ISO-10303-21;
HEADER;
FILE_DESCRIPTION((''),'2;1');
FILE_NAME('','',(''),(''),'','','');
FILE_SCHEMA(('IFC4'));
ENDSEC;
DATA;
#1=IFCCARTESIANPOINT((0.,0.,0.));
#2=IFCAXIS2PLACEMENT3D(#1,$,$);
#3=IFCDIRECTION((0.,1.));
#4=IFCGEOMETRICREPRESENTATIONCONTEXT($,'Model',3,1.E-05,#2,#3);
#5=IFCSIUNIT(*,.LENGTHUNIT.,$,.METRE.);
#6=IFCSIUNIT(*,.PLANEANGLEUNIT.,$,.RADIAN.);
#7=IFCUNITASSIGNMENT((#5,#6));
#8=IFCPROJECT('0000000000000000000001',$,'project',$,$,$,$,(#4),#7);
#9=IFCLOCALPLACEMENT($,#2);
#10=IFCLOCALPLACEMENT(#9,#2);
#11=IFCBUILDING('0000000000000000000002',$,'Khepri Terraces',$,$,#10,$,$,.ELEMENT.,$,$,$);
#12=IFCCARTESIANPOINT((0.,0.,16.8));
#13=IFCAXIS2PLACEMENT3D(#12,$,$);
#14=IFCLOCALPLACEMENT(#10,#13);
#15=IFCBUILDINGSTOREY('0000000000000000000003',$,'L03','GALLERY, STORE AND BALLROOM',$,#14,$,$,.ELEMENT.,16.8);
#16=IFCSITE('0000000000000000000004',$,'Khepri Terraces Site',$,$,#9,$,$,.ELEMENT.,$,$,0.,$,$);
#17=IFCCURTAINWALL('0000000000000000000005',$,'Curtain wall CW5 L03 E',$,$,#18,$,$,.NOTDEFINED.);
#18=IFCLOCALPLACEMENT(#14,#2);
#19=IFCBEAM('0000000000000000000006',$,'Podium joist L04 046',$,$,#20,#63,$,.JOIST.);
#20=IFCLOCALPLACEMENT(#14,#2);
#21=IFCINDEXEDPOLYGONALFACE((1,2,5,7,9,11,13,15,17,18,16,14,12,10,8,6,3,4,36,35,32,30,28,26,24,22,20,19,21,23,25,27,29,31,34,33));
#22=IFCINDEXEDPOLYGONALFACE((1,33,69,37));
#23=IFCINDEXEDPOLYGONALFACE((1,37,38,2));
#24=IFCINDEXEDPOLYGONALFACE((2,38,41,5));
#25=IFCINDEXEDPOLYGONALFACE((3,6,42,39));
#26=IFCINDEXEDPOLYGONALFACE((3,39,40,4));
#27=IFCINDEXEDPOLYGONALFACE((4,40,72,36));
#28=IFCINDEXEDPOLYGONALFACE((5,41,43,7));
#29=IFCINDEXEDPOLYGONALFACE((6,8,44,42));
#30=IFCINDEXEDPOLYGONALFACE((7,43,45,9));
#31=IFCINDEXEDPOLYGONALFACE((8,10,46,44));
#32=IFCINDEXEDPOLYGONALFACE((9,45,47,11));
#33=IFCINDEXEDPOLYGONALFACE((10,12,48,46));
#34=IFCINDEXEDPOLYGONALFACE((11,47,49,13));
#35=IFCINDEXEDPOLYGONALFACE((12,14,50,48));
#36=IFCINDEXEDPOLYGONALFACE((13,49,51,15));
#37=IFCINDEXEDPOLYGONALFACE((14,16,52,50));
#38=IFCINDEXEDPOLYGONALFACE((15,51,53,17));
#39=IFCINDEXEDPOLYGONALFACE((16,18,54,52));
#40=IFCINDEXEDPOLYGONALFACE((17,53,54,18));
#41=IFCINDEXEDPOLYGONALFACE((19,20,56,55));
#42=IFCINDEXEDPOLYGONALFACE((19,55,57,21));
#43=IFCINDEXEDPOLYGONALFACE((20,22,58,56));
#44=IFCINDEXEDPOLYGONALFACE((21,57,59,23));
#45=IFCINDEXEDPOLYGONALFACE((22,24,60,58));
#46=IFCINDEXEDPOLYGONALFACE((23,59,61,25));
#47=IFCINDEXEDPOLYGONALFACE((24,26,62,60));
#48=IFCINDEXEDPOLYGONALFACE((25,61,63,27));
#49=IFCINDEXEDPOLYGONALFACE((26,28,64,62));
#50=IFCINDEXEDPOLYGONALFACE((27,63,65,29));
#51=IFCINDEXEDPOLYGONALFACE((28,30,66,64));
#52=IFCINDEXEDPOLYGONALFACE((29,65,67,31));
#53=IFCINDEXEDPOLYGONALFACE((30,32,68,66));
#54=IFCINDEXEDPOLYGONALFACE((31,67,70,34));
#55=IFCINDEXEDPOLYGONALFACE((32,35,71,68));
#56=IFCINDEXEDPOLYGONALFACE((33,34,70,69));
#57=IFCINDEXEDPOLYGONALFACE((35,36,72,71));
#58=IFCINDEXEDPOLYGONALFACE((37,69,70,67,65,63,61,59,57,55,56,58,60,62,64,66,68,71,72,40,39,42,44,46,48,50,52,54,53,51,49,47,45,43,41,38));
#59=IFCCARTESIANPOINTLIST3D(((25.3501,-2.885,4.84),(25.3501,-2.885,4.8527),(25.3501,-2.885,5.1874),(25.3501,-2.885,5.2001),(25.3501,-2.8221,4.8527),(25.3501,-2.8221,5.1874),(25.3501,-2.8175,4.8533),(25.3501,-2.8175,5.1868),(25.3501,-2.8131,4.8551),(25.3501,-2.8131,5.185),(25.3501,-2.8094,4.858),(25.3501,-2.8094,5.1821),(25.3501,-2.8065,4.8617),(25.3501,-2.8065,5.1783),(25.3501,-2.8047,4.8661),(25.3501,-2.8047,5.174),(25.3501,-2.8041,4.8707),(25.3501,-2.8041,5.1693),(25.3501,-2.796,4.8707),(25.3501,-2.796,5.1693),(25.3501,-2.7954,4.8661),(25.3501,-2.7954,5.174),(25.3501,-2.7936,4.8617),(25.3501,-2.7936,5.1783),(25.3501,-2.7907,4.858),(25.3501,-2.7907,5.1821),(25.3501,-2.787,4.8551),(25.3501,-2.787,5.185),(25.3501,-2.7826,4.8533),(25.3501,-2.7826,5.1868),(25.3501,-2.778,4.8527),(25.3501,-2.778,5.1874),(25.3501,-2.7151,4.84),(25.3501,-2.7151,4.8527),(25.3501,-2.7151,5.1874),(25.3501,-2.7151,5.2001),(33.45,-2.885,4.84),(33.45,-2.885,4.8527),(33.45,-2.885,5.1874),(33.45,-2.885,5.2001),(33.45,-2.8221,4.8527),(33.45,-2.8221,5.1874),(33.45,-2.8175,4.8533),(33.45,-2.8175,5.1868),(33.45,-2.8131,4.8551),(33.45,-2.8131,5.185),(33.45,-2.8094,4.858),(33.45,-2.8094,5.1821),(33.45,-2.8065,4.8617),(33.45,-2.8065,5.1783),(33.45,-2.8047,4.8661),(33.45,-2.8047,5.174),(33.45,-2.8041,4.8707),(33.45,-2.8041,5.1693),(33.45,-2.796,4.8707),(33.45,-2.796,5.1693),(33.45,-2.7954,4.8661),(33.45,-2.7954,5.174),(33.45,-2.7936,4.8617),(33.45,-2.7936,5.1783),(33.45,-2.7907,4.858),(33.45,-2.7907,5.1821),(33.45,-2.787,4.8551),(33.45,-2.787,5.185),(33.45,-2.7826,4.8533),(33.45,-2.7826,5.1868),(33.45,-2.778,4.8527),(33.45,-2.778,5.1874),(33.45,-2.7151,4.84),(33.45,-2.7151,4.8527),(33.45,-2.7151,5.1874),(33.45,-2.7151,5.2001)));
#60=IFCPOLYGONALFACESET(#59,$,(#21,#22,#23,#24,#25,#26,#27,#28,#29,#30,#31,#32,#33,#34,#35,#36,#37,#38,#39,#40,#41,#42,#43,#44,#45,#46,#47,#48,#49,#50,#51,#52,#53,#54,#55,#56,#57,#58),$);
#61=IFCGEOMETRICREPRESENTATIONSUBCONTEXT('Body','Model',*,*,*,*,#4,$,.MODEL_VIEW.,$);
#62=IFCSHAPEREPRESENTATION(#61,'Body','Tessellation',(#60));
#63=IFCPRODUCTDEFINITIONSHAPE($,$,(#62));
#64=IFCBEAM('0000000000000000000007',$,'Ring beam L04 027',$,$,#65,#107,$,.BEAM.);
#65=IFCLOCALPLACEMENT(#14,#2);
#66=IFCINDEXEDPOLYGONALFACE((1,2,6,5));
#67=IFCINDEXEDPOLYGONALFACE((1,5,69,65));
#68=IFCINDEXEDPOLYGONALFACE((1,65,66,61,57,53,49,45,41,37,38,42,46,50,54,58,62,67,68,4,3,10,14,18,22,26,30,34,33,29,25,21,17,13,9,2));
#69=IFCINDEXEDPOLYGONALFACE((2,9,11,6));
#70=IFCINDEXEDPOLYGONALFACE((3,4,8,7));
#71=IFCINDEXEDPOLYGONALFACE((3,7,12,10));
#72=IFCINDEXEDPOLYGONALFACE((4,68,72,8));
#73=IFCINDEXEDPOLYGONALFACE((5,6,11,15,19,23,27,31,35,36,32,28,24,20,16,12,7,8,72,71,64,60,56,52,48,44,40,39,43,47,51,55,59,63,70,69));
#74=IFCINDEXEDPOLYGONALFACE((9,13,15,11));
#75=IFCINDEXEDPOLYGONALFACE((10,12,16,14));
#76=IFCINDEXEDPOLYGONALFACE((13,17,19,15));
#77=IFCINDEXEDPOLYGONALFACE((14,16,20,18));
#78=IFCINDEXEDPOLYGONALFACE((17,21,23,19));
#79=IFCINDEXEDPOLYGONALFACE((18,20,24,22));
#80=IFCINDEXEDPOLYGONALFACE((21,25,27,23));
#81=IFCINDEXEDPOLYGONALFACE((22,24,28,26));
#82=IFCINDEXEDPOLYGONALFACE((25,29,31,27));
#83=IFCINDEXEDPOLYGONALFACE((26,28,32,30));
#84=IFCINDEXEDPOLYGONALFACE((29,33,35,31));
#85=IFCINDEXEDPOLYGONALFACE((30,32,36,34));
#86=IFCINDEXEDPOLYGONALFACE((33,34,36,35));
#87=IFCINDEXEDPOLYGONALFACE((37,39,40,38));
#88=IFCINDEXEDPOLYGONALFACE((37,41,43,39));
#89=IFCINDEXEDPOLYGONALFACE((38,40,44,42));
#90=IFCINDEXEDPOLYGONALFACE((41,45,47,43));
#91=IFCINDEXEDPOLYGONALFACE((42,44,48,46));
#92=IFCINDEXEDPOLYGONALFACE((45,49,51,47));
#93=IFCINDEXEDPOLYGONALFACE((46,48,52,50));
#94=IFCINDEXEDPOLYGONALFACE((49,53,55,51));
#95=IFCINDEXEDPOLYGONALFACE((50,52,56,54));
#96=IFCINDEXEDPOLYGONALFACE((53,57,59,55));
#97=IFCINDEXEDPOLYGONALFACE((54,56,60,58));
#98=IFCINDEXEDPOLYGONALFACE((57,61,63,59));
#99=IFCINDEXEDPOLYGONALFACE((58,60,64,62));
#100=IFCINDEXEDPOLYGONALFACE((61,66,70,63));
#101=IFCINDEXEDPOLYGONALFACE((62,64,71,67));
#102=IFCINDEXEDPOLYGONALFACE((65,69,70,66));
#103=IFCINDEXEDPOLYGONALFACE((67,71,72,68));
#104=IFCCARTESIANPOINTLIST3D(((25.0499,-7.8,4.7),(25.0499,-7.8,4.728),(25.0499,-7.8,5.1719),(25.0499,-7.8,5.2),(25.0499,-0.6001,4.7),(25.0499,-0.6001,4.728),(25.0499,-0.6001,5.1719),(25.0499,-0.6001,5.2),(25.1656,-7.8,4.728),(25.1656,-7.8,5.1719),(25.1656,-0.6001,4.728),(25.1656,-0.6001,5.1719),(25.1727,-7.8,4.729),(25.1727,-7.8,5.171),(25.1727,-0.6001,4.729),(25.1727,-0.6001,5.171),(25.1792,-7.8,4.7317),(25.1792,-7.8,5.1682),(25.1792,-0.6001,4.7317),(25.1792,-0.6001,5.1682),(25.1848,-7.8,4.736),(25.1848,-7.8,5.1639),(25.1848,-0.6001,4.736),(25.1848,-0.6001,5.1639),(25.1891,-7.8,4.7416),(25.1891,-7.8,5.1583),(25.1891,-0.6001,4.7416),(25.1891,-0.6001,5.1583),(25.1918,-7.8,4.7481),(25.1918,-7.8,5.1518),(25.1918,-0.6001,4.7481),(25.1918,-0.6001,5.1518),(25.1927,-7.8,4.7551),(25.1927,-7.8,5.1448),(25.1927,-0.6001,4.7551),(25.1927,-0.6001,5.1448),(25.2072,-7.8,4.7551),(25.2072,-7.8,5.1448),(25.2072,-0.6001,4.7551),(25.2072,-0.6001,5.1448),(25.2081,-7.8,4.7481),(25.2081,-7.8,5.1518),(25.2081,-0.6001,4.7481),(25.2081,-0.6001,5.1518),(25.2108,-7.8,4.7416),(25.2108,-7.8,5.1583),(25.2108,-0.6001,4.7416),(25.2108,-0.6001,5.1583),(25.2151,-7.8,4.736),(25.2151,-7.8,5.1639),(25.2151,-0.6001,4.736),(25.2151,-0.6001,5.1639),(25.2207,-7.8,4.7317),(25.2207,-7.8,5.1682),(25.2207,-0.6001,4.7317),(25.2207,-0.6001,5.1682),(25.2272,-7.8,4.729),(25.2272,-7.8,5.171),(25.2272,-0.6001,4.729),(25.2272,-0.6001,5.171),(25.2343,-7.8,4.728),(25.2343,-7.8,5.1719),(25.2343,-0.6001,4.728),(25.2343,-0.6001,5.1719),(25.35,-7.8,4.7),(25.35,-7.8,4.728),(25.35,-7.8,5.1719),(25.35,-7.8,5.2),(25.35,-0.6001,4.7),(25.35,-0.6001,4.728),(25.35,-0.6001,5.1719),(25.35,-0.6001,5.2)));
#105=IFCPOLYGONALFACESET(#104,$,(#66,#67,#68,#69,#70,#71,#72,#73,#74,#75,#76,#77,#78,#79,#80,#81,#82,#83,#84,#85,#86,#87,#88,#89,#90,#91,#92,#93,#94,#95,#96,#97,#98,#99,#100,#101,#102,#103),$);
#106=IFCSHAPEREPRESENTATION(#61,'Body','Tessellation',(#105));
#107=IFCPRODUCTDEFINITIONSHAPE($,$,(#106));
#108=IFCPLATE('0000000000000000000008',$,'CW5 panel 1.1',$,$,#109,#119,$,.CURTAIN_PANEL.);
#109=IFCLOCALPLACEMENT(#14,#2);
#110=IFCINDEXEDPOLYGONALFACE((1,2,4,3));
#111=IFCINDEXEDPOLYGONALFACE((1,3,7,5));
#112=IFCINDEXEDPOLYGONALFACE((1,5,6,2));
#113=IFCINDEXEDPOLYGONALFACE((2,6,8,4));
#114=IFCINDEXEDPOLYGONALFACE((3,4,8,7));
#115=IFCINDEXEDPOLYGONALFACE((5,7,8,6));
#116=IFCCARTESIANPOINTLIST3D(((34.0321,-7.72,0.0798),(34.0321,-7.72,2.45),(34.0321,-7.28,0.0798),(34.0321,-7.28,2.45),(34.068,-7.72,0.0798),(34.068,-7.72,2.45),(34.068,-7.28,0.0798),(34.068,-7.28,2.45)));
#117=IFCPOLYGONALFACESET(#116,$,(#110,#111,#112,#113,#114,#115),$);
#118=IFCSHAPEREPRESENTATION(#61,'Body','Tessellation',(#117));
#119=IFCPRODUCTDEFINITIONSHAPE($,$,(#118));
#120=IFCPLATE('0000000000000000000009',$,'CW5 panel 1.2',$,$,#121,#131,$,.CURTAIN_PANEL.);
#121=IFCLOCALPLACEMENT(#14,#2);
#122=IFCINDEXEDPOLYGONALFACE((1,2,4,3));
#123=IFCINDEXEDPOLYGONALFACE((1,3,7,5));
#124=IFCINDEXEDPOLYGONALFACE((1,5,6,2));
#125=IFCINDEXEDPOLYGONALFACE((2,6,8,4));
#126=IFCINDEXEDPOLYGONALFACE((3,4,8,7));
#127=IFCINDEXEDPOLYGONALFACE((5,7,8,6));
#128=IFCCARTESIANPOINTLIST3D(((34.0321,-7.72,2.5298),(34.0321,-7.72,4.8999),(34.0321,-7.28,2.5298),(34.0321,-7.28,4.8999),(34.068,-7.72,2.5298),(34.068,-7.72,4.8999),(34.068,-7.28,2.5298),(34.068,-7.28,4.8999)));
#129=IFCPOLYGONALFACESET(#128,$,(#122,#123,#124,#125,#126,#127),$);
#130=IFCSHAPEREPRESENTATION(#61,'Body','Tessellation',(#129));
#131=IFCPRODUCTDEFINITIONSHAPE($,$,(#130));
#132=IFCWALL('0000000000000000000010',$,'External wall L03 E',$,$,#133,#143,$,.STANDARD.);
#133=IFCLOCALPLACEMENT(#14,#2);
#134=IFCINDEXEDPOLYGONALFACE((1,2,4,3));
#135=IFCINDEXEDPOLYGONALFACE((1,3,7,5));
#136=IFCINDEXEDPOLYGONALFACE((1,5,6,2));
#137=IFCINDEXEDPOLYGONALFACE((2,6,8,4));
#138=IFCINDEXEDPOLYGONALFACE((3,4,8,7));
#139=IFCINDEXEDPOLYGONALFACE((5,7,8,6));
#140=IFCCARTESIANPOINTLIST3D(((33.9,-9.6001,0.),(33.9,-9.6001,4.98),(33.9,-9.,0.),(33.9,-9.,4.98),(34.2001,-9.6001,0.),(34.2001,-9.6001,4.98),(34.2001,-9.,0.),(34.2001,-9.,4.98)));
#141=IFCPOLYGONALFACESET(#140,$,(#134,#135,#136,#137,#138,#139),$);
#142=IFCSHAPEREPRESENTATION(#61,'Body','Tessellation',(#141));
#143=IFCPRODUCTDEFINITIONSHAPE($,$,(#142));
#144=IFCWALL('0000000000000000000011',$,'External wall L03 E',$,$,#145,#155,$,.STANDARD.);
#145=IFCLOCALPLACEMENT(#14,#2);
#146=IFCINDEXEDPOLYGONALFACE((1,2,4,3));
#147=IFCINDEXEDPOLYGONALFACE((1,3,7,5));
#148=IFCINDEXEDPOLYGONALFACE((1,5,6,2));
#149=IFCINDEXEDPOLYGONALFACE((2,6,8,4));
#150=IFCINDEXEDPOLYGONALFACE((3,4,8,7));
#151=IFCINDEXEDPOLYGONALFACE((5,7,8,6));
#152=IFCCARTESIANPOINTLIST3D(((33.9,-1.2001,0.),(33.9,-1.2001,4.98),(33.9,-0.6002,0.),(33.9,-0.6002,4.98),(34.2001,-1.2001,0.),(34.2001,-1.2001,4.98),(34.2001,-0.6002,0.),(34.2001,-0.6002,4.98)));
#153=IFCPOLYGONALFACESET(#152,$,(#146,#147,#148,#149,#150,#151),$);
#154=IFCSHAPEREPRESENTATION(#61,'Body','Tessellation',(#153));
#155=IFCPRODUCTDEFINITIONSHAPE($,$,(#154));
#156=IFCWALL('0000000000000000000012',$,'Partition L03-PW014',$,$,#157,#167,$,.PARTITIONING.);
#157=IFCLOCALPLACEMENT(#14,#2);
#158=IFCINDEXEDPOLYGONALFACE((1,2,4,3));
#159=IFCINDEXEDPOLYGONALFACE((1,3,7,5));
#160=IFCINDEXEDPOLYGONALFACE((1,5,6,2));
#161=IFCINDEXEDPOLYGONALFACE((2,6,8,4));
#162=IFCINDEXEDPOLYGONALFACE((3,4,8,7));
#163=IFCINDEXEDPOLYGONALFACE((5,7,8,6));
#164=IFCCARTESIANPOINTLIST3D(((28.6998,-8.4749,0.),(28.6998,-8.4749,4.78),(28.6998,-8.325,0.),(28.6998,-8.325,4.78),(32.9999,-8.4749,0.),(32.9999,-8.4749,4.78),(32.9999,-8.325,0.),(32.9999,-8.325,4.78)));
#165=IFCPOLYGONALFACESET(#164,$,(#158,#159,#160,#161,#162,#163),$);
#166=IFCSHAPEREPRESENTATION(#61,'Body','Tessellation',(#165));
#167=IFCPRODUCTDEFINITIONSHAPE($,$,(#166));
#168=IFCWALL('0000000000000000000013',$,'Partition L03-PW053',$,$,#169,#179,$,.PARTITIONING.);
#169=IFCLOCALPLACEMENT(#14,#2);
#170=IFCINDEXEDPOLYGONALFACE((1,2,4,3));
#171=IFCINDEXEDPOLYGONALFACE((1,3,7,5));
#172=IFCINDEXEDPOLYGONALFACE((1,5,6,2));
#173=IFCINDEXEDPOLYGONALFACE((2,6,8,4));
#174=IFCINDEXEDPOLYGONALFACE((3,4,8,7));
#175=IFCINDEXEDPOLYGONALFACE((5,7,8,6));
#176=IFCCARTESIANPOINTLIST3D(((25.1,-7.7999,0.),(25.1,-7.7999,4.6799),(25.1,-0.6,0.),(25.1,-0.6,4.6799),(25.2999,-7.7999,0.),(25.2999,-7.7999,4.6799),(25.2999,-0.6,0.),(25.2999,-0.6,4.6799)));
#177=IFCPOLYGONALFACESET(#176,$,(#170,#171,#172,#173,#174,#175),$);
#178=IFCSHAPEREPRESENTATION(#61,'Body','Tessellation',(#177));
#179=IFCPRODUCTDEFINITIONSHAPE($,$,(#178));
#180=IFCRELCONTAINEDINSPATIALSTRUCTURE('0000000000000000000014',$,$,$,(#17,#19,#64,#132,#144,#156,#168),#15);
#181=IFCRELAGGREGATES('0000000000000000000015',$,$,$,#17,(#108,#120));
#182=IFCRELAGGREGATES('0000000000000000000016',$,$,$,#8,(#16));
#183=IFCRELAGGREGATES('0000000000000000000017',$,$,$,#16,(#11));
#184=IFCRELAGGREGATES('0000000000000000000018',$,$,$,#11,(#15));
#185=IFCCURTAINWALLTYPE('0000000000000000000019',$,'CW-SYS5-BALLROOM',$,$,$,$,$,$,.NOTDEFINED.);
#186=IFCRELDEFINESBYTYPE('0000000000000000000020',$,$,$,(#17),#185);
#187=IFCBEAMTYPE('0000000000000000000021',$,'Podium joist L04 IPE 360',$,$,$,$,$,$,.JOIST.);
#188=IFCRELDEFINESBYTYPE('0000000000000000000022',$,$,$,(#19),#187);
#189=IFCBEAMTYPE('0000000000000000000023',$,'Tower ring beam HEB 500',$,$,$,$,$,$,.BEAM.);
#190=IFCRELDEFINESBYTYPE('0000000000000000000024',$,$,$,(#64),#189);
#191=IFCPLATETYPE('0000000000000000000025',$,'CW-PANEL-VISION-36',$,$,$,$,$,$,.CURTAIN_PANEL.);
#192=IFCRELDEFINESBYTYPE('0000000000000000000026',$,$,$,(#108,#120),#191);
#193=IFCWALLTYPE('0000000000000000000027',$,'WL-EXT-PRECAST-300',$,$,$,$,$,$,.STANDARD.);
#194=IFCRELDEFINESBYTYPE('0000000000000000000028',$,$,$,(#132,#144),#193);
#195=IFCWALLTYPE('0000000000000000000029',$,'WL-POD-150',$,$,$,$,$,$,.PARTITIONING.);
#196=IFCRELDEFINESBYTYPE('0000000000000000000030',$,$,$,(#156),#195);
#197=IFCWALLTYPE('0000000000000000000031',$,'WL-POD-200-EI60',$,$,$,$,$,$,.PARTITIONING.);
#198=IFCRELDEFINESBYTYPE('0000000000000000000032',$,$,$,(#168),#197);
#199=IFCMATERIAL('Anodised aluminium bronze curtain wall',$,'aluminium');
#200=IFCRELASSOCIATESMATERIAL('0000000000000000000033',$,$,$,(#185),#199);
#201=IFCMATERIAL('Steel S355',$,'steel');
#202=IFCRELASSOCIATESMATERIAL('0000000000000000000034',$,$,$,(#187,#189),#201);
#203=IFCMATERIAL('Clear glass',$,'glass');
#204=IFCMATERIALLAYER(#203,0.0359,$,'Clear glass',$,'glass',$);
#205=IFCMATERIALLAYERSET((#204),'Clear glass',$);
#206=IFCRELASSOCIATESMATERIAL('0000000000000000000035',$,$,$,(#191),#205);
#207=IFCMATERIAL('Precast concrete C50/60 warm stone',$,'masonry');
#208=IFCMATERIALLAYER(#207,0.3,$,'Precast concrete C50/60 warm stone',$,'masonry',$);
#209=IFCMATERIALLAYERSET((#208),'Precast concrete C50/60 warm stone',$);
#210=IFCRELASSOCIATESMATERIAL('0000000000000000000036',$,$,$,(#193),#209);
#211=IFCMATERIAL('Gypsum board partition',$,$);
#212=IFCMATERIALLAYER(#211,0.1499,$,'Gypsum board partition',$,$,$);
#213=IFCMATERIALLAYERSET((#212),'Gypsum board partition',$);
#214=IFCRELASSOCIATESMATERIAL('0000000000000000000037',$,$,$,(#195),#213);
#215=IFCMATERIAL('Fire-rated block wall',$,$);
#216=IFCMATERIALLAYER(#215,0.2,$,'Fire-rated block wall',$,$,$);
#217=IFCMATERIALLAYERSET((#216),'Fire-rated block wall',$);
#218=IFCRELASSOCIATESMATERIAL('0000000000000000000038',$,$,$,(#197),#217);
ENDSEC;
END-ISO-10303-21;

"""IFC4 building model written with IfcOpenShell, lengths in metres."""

from ifc_helpers import new_model, si_unit, direction, frame, frame_2d, origin, origin_2d, place, context, subcontext, project, spatial, rectangle, i_section, extrude, material, layer, layer_set, material_profile, profile_set, type_object, element, aggregate, save


model = new_model("IFC4")

# Units and contexts
model_context = context("Model", 3, precision=1e-05, world=origin(), true_north=direction((0.0, 1.0)))
body_context = subcontext(model_context, "Body", "Model", "MODEL_VIEW")
ifc_project = project(units=[si_unit("LENGTHUNIT", "METRE"), si_unit("PLANEANGLEUNIT", "RADIAN")], contexts=[model_context])

# Site, building, storey
site_placement = place(None, origin())
site = spatial("IfcSite", under=ifc_project, at=site_placement, Name="Khepri Terraces Site", CompositionType="ELEMENT", RefElevation=0.0)
building_placement = place(site_placement, origin())
building = spatial("IfcBuilding", under=site, at=building_placement, Name="Khepri Terraces", CompositionType="ELEMENT")
storey_placement = place(building_placement, frame((0.0, 0.0, 16.8)))
storey = spatial("IfcBuildingStorey", under=building, at=storey_placement, Name="L03", Description="GALLERY, STORE AND BALLROOM", CompositionType="ELEMENT", Elevation=16.8)

# Curtain wall
ifc_material_1 = material(Name="Anodised aluminium bronze curtain wall", Category="aluminium")
curtain_wall_type = type_object("IfcCurtainWallType", Name="CW-SYS5-BALLROOM", PredefinedType="NOTDEFINED", material=ifc_material_1)
curtain_wall_placement = place(storey_placement, origin())
curtain_wall = element("IfcCurtainWall", 1, at=curtain_wall_placement, inside=storey, type_object=curtain_wall_type, Name="Curtain wall CW5 L03 E", PredefinedType="NOTDEFINED")

# Beams
ifc_material_2 = material(Name="Steel S355", Category="steel")
ifc_material_profile_1 = material_profile(ifc_material_2, i_section(OverallWidth=0.1699, OverallDepth=0.3601, WebThickness=0.0081, FlangeThickness=0.0127, FilletRadius=0.0181, at=origin_2d()), Name="Steel S355", Category="steel")
ifc_profile_set_1 = profile_set([ifc_material_profile_1], Name="Steel S355")
beam_type_1 = type_object("IfcBeamType", Name="Podium joist L04 IPE 360", PredefinedType="JOIST", material=ifc_profile_set_1)
for number, where, z_axis, x_axis, name in (
    (2, (25.3501, -2.8, 5.02), (1.0, 0.0, 0.0), (0.0, 1.0, 0.0), "Podium joist L04 046"),
):
    element("IfcBeam", number, at=place(storey_placement, frame(where, z_axis=z_axis, x_axis=x_axis)), inside=storey, type_object=beam_type_1, Name=name, PredefinedType="JOIST", context=body_context, shape_type="SweptSolid", body=[
        extrude(i_section(OverallWidth=0.1699, OverallDepth=0.3601, WebThickness=0.0081, FlangeThickness=0.0127, FilletRadius=0.0181, at=origin_2d()), origin(), (0.0, 0.0, 1.0), 8.0999),
    ])
ifc_material_profile_2 = material_profile(ifc_material_2, i_section(OverallWidth=0.3, OverallDepth=0.5, WebThickness=0.0144, FlangeThickness=0.0281, FilletRadius=0.0271, at=origin_2d()), Name="Steel S355", Category="steel")
ifc_profile_set_2 = profile_set([ifc_material_profile_2], Name="Steel S355")
beam_type_2 = type_object("IfcBeamType", Name="Tower ring beam HEB 500", PredefinedType="BEAM", material=ifc_profile_set_2)
beam_1_placement = place(storey_placement, frame((25.2, -7.8, 4.95), z_axis=(0.0, 1.0, 0.0), x_axis=(-1.0, 0.0, 0.0)))
element("IfcBeam", 3, at=beam_1_placement, inside=storey, type_object=beam_type_2, Name="Ring beam L04 027", PredefinedType="BEAM", context=body_context, shape_type="SweptSolid", body=[
    extrude(i_section(OverallWidth=0.3, OverallDepth=0.5, WebThickness=0.0144, FlangeThickness=0.0281, FilletRadius=0.0271, at=origin_2d()), origin(), (0.0, 0.0, 1.0), 7.2),
])

# Plates
ifc_material_3 = material(Name="Clear glass", Category="glass")
ifc_layer_1 = layer(ifc_material_3, 0.0359, Name="Clear glass", Category="glass")
ifc_layer_set_1 = layer_set([ifc_layer_1], Name="Clear glass")
plate_type = type_object("IfcPlateType", Name="CW-PANEL-VISION-36", PredefinedType="CURTAIN_PANEL", material=ifc_layer_set_1)
plate_1_placement = place(storey_placement, frame((34.05, -7.5, 0.0798), z_axis=(0.0, 0.0, 1.0), x_axis=(0.0, 1.0, 0.0)))
plate_1 = element("IfcPlate", 4, at=plate_1_placement, type_object=plate_type, Name="CW5 panel 1.1", PredefinedType="CURTAIN_PANEL", context=body_context, shape_type="SweptSolid", body=[
    extrude(rectangle(XDim=0.4399, YDim=0.0359, at=origin_2d()), origin(), (0.0, 0.0, 1.0), 2.3701),
])
plate_2_placement = place(storey_placement, frame((34.05, -7.5, 2.5298), z_axis=(0.0, 0.0, 1.0), x_axis=(0.0, 1.0, 0.0)))
plate_2 = element("IfcPlate", 5, at=plate_2_placement, type_object=plate_type, Name="CW5 panel 1.2", PredefinedType="CURTAIN_PANEL", context=body_context, shape_type="SweptSolid", body=[
    extrude(rectangle(XDim=0.4399, YDim=0.0359, at=origin_2d()), origin(), (0.0, 0.0, 1.0), 2.3701),
])
aggregate(curtain_wall, [plate_1, plate_2])

# Wall
ifc_material_4 = material(Name="Precast concrete C50/60 warm stone", Category="masonry")
ifc_layer_2 = layer(ifc_material_4, 0.3, Name="Precast concrete C50/60 warm stone", Category="masonry")
ifc_layer_set_2 = layer_set([ifc_layer_2], Name="Precast concrete C50/60 warm stone")
wall_type_1 = type_object("IfcWallType", Name="WL-EXT-PRECAST-300", PredefinedType="STANDARD", material=ifc_layer_set_2)
wall_1_placement = place(storey_placement, frame((34.05, -9.6001, 0.0), z_axis=(0.0, 0.0, 1.0), x_axis=(0.0, 1.0, 0.0)))
element("IfcWall", 6, at=wall_1_placement, inside=storey, type_object=wall_type_1, Name="External wall L03 E", PredefinedType="STANDARD", context=body_context, shape_type="SweptSolid", body=[
    extrude(rectangle(XDim=0.6001, YDim=0.3, at=frame_2d((0.3, 0.0))), origin(), (0.0, 0.0, 1.0), 4.98),
])

# Walls
wall_2_placement = place(storey_placement, frame((34.05, -1.2, 0.0), z_axis=(0.0, 0.0, 1.0), x_axis=(0.0, 1.0, 0.0)))
element("IfcWall", 7, at=wall_2_placement, inside=storey, type_object=wall_type_1, Name="External wall L03 E", PredefinedType="STANDARD", context=body_context, shape_type="SweptSolid", body=[
    extrude(rectangle(XDim=0.5999, YDim=0.3, at=frame_2d((0.2998, 0.0))), origin(), (0.0, 0.0, 1.0), 4.98),
])
ifc_material_5 = material(Name="Gypsum board partition")
ifc_layer_3 = layer(ifc_material_5, 0.1499, Name="Gypsum board partition")
ifc_layer_set_3 = layer_set([ifc_layer_3], Name="Gypsum board partition")
wall_type_2 = type_object("IfcWallType", Name="WL-POD-150", PredefinedType="PARTITIONING", material=ifc_layer_set_3)
wall_3_placement = place(storey_placement, frame((28.7, -8.3999, 0.0), z_axis=(0.0, 0.0, 1.0), x_axis=(1.0, 0.0, 0.0)))
element("IfcWall", 8, at=wall_3_placement, inside=storey, type_object=wall_type_2, Name="Partition L03-PW014", PredefinedType="PARTITIONING", context=body_context, shape_type="SweptSolid", body=[
    extrude(rectangle(XDim=4.3, YDim=0.1499, at=frame_2d((2.1499, 0.0))), origin(), (0.0, 0.0, 1.0), 4.78),
])
ifc_material_6 = material(Name="Fire-rated block wall")
ifc_layer_4 = layer(ifc_material_6, 0.2, Name="Fire-rated block wall")
ifc_layer_set_4 = layer_set([ifc_layer_4], Name="Fire-rated block wall")
wall_type_3 = type_object("IfcWallType", Name="WL-POD-200-EI60", PredefinedType="PARTITIONING", material=ifc_layer_set_4)
wall_4_placement = place(storey_placement, frame((25.2, -7.8, 0.0), z_axis=(0.0, 0.0, 1.0), x_axis=(0.0, 1.0, 0.0)))
element("IfcWall", 9, at=wall_4_placement, inside=storey, type_object=wall_type_3, Name="Partition L03-PW053", PredefinedType="PARTITIONING", context=body_context, shape_type="SweptSolid", body=[
    extrude(rectangle(XDim=7.2, YDim=0.2, at=frame_2d((3.6001, 0.0))), origin(), (0.0, 0.0, 1.0), 4.6799),
])

save(model, "model.ifc")
